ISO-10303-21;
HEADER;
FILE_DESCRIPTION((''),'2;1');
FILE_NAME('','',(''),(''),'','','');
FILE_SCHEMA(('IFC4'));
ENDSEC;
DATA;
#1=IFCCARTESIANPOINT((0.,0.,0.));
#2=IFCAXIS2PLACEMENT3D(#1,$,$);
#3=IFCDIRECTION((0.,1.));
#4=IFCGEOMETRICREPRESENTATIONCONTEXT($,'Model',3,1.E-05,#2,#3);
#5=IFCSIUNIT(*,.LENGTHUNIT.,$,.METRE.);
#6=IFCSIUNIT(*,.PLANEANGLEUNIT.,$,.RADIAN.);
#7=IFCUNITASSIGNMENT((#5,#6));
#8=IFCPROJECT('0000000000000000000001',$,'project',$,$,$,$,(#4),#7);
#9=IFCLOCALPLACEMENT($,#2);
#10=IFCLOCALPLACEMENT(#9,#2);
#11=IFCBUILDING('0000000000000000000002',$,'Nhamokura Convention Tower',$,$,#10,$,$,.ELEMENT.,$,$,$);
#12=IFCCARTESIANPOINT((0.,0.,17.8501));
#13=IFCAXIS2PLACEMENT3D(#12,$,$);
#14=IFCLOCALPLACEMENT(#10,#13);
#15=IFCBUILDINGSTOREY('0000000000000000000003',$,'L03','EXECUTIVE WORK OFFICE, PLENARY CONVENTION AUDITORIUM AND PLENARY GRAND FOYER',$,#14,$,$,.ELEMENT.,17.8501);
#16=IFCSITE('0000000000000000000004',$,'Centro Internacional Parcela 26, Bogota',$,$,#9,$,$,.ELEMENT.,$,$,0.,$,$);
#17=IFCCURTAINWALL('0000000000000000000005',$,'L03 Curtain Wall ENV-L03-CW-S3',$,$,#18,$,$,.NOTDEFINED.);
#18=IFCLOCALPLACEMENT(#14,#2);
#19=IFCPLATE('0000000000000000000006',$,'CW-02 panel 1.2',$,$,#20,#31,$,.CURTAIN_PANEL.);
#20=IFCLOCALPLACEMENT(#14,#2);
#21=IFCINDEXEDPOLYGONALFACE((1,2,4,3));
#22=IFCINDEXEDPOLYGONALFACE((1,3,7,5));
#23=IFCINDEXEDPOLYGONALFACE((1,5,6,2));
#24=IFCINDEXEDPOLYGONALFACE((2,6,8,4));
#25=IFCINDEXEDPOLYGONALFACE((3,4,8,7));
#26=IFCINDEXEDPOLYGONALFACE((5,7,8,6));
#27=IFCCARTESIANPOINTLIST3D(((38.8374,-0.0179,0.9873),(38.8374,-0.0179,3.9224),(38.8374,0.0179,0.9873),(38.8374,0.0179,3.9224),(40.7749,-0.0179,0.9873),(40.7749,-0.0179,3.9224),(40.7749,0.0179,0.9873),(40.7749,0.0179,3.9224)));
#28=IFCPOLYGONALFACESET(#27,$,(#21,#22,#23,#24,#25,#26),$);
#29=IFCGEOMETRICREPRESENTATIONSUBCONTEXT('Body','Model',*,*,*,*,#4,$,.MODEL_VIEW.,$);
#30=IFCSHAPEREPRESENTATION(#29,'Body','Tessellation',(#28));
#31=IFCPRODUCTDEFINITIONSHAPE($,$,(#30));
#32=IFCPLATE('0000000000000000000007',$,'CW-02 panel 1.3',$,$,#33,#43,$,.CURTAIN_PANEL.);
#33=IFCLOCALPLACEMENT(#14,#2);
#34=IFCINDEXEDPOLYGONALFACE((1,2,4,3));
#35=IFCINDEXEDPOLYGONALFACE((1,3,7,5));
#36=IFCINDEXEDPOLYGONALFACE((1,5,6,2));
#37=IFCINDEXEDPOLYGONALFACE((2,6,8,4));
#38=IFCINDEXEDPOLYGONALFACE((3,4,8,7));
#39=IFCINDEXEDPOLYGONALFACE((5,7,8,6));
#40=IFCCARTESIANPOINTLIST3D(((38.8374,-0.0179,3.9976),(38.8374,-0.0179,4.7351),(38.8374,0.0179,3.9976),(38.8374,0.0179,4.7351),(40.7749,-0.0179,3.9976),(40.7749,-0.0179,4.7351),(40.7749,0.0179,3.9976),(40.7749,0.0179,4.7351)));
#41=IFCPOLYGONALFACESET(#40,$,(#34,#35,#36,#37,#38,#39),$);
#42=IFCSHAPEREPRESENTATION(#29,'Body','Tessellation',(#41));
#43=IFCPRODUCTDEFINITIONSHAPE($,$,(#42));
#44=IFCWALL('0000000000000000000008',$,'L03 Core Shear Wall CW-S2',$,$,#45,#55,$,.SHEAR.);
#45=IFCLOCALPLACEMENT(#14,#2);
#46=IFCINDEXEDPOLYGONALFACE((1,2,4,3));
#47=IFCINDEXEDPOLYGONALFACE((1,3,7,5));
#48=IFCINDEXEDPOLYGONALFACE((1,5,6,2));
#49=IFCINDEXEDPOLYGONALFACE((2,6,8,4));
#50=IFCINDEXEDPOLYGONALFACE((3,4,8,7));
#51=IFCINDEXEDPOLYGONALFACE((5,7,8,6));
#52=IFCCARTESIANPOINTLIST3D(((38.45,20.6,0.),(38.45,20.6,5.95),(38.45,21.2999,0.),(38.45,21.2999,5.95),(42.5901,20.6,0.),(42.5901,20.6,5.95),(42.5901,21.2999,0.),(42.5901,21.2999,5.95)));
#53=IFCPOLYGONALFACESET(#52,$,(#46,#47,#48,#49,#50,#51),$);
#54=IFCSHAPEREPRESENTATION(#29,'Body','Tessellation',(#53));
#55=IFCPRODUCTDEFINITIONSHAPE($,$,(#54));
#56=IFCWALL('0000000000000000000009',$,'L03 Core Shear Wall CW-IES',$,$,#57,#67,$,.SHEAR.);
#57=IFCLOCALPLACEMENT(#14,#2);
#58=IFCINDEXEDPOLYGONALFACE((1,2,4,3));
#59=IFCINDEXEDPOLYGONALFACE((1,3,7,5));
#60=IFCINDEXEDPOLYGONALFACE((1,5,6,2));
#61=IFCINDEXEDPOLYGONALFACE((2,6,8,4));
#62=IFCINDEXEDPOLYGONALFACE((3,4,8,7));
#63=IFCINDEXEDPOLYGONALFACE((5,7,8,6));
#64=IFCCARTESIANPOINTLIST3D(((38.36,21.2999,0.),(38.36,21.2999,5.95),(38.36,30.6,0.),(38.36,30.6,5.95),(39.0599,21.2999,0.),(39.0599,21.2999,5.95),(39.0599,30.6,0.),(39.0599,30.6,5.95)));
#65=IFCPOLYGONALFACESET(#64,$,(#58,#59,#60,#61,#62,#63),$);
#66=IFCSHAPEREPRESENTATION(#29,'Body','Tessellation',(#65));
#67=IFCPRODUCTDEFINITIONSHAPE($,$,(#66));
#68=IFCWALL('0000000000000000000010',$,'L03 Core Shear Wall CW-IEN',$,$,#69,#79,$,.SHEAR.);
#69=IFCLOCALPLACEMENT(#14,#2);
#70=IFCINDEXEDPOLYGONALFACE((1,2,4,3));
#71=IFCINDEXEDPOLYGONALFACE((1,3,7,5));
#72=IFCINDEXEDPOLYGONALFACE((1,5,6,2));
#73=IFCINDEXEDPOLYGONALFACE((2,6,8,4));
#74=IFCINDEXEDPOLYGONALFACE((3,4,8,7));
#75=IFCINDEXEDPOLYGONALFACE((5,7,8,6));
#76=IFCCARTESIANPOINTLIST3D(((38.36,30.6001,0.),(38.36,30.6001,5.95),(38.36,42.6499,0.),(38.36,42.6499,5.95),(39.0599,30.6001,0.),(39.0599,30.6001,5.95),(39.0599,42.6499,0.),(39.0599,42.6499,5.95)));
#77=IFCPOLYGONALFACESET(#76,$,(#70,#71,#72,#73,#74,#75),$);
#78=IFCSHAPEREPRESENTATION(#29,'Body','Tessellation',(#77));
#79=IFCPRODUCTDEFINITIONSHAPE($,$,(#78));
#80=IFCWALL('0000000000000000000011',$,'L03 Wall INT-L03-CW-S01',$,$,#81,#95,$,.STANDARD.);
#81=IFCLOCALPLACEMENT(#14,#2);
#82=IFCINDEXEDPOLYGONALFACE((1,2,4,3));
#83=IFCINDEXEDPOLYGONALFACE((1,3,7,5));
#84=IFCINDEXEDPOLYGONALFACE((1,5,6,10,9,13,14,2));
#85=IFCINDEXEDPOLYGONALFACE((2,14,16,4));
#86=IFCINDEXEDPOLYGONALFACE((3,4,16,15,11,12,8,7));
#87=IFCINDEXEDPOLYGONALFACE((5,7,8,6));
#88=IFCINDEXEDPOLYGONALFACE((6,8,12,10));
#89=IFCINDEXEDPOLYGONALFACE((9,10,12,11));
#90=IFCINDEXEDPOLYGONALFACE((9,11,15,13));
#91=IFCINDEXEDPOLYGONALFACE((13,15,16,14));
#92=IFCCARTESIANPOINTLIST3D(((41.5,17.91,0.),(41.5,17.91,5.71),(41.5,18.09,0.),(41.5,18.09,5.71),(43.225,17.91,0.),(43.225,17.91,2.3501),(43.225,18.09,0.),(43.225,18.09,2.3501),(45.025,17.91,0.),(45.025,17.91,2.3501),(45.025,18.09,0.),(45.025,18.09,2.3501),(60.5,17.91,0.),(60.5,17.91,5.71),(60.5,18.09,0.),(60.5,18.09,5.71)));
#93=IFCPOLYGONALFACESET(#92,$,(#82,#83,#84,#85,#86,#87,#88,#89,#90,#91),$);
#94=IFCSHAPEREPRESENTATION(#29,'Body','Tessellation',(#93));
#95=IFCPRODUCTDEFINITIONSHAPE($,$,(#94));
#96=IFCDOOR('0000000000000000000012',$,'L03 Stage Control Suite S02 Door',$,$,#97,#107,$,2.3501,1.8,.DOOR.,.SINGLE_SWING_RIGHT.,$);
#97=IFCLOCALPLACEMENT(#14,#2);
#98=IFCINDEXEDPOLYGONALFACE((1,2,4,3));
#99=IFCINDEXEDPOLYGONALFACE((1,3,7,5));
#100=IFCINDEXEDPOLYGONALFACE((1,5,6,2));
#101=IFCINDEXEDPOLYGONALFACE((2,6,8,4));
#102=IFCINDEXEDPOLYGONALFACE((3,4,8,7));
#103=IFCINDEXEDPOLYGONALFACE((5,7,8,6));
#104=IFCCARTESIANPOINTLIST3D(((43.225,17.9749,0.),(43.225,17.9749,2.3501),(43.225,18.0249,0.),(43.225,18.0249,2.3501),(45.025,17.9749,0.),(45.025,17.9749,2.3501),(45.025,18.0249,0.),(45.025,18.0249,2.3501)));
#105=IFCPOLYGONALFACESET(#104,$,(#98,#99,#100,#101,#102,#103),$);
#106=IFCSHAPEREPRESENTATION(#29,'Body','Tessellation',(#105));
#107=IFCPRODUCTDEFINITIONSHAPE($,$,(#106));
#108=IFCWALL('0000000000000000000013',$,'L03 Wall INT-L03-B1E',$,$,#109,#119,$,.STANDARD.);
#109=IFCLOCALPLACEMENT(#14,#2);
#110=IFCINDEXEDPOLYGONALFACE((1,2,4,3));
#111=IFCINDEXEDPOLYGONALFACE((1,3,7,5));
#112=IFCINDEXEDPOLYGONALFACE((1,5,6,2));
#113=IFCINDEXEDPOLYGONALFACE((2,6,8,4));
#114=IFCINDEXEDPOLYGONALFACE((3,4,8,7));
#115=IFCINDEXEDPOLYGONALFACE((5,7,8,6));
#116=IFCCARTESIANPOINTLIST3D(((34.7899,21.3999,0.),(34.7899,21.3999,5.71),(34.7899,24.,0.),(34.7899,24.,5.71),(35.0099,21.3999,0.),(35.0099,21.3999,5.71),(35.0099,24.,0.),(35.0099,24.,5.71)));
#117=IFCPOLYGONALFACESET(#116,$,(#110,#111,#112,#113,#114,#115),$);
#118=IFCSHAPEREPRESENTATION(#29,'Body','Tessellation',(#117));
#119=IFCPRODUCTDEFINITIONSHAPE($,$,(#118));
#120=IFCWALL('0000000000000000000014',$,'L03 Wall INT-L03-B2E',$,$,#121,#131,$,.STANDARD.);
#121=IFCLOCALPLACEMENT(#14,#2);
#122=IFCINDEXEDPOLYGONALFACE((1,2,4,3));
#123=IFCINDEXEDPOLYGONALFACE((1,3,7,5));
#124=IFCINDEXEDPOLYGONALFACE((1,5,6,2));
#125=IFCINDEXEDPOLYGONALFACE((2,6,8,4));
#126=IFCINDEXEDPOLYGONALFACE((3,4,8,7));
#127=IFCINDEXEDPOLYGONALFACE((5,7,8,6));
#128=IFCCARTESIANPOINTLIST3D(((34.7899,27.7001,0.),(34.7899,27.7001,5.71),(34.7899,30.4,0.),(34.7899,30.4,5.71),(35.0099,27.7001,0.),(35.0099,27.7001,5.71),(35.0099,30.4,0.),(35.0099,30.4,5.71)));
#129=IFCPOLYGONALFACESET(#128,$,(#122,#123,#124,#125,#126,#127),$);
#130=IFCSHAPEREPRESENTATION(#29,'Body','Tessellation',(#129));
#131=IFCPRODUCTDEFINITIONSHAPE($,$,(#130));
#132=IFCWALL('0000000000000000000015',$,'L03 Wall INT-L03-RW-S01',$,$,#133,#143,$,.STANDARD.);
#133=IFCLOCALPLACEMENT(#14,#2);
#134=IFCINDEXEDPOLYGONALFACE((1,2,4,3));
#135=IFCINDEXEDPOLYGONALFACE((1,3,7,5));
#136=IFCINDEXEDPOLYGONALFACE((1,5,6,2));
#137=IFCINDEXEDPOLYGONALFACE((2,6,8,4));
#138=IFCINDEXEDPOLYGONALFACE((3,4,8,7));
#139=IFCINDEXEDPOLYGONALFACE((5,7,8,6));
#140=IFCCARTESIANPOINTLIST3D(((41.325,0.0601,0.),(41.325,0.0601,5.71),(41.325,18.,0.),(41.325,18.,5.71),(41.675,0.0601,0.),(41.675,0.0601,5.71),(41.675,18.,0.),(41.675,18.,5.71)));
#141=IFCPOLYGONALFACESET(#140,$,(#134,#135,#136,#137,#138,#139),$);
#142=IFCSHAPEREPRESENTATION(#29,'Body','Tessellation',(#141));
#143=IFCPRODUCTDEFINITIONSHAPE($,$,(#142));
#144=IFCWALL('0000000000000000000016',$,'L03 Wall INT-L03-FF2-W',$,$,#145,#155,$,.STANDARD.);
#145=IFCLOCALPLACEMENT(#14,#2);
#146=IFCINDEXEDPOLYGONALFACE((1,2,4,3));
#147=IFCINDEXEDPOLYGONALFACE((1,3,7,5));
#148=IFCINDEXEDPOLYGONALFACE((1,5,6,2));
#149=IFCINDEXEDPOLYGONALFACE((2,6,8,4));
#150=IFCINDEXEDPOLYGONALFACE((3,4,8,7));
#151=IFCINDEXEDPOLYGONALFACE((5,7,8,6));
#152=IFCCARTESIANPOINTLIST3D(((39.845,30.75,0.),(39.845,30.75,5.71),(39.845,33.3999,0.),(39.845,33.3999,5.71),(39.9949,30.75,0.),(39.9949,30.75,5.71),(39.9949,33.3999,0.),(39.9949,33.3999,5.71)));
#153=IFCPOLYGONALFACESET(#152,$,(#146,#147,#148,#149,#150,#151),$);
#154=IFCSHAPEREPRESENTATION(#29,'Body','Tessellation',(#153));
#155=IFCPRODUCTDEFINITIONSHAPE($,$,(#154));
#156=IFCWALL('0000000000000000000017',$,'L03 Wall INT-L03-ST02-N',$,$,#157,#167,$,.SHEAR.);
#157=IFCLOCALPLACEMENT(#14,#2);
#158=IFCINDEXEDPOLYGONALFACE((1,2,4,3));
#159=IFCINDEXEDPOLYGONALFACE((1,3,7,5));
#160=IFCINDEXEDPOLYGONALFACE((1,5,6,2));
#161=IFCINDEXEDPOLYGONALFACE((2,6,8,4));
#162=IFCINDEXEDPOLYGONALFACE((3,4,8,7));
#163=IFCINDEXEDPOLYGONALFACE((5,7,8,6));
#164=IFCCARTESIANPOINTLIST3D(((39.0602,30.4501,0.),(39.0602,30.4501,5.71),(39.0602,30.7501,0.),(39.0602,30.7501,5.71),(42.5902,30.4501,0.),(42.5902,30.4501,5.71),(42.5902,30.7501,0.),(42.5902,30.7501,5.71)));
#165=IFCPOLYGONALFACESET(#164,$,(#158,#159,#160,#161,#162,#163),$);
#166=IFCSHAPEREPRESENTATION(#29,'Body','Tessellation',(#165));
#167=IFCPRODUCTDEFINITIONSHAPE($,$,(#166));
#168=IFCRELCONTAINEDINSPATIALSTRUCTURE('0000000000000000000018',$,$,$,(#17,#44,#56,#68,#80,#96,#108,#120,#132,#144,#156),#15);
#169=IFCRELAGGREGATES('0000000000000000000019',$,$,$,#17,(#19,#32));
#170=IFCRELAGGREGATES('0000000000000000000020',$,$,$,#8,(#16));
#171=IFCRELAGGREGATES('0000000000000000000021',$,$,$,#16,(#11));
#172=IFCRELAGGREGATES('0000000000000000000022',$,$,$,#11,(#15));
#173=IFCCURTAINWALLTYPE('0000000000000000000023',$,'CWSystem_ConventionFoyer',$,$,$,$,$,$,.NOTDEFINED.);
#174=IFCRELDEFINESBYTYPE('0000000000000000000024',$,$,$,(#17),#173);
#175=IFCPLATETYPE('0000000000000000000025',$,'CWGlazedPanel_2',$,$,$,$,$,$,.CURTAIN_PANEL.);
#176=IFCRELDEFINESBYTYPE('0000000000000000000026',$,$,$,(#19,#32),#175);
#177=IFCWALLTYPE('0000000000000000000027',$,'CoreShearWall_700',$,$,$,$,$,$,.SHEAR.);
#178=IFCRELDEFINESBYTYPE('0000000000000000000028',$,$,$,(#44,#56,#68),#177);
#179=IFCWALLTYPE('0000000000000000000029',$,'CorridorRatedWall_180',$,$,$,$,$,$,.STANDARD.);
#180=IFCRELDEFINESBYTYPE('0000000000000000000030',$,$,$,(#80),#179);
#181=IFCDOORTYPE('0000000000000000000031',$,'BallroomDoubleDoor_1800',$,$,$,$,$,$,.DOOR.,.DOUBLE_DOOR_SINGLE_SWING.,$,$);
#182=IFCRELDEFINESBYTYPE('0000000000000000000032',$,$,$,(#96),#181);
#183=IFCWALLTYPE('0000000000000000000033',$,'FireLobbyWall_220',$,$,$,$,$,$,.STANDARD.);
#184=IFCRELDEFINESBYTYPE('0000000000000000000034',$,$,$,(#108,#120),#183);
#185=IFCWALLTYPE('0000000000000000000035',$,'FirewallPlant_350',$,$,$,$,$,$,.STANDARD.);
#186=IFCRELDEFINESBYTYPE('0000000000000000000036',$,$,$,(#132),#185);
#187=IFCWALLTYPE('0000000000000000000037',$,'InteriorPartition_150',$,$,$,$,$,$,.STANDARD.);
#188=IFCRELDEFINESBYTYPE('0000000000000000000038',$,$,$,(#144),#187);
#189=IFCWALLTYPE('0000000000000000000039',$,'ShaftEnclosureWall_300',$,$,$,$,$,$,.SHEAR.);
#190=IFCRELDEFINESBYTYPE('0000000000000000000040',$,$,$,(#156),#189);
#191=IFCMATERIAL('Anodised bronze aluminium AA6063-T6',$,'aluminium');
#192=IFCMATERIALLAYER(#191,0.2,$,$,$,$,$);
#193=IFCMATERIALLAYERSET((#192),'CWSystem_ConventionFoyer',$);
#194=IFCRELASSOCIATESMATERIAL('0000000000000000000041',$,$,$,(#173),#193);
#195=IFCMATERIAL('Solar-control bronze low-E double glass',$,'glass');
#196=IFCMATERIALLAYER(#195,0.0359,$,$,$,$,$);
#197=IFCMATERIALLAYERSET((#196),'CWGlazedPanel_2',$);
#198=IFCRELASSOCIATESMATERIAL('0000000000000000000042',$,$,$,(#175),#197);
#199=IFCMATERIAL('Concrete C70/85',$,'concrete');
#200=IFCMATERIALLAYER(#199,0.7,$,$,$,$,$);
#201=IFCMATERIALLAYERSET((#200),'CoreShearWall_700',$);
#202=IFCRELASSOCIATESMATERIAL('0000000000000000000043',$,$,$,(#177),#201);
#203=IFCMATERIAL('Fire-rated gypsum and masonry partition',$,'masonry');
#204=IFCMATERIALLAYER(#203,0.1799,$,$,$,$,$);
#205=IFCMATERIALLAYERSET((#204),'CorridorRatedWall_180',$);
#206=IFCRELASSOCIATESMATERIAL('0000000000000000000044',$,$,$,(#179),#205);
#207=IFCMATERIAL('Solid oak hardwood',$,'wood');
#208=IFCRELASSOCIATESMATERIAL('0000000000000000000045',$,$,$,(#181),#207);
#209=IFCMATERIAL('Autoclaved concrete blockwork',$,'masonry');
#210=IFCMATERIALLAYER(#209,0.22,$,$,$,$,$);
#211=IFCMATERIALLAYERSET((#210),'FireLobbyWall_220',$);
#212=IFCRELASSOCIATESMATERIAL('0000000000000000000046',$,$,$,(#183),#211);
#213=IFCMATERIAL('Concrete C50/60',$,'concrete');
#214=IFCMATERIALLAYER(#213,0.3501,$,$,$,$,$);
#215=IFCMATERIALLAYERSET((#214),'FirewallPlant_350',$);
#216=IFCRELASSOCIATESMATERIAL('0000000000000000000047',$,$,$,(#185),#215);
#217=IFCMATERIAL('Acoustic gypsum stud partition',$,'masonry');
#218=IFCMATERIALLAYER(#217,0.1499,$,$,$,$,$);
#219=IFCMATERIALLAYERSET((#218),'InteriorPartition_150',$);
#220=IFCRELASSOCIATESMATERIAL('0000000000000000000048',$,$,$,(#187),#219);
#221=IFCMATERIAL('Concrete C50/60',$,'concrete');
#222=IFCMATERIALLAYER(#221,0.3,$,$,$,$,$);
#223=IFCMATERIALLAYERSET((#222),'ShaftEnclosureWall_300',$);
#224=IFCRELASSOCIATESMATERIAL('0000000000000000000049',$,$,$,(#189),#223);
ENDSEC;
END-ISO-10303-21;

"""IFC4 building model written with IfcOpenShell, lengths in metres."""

from ifc_helpers import new_model, si_unit, direction, frame, frame_2d, origin, origin_2d, place, context, subcontext, project, spatial, rectangle, extrude, material, layer, layer_set, type_object, element, fill, aggregate, save


model = new_model("IFC4")

# Units and contexts
model_context = context("Model", 3, precision=1e-05, world=origin(), true_north=direction((0.0, 1.0)))
body_context = subcontext(model_context, "Body", "Model", "MODEL_VIEW")
ifc_project = project(units=[si_unit("LENGTHUNIT", "METRE"), si_unit("PLANEANGLEUNIT", "RADIAN")], contexts=[model_context])

# Site, building, storey
site_placement = place(None, origin())
site = spatial("IfcSite", under=ifc_project, at=site_placement, Name="Centro Internacional Parcela 26, Bogota", CompositionType="ELEMENT", RefElevation=0.0)
building_placement = place(site_placement, origin())
building = spatial("IfcBuilding", under=site, at=building_placement, Name="Nhamokura Convention Tower", CompositionType="ELEMENT")
storey_placement = place(building_placement, frame((0.0, 0.0, 17.8501)))
storey = spatial("IfcBuildingStorey", under=building, at=storey_placement, Name="L03", Description="EXECUTIVE WORK OFFICE, PLENARY CONVENTION AUDITORIUM AND PLENARY GRAND FOYER", CompositionType="ELEMENT", Elevation=17.8501)

# Curtain wall
ifc_material_1 = material(Name="Anodised bronze aluminium AA6063-T6", Category="aluminium")
ifc_layer_1 = layer(ifc_material_1, 0.2)
ifc_layer_set_1 = layer_set([ifc_layer_1], Name="CWSystem_ConventionFoyer")
curtain_wall_type = type_object("IfcCurtainWallType", Name="CWSystem_ConventionFoyer", PredefinedType="NOTDEFINED", material=ifc_layer_set_1)
curtain_wall_placement = place(storey_placement, origin())
curtain_wall = element("IfcCurtainWall", 1, at=curtain_wall_placement, inside=storey, type_object=curtain_wall_type, Name="L03 Curtain Wall ENV-L03-CW-S3", PredefinedType="NOTDEFINED")

# Plates
ifc_material_2 = material(Name="Solar-control bronze low-E double glass", Category="glass")
ifc_layer_2 = layer(ifc_material_2, 0.0359)
ifc_layer_set_2 = layer_set([ifc_layer_2], Name="CWGlazedPanel_2")
plate_type = type_object("IfcPlateType", Name="CWGlazedPanel_2", PredefinedType="CURTAIN_PANEL", material=ifc_layer_set_2)
plate_1_placement = place(storey_placement, frame((39.8062, 0.0, 0.9873), z_axis=(0.0, 0.0, 1.0), x_axis=(-1.0, 0.0, 0.0)))
plate_1 = element("IfcPlate", 2, at=plate_1_placement, type_object=plate_type, Name="CW-02 panel 1.2", PredefinedType="CURTAIN_PANEL", context=body_context, shape_type="SweptSolid", body=[
    extrude(rectangle(XDim=1.9375, YDim=0.0359, at=origin_2d()), origin(), (0.0, 0.0, 1.0), 2.9351),
])
plate_2_placement = place(storey_placement, frame((39.8062, 0.0, 3.9976), z_axis=(0.0, 0.0, 1.0), x_axis=(-1.0, 0.0, 0.0)))
plate_2 = element("IfcPlate", 3, at=plate_2_placement, type_object=plate_type, Name="CW-02 panel 1.3", PredefinedType="CURTAIN_PANEL", context=body_context, shape_type="SweptSolid", body=[
    extrude(rectangle(XDim=1.9375, YDim=0.0359, at=origin_2d()), origin(), (0.0, 0.0, 1.0), 0.7375),
])
aggregate(curtain_wall, [plate_1, plate_2])

# Shared definitions
ifc_material_3 = material(Name="Concrete C70/85", Category="concrete")
ifc_layer_3 = layer(ifc_material_3, 0.7)
ifc_layer_set_3 = layer_set([ifc_layer_3], Name="CoreShearWall_700")
wall_type_1 = type_object("IfcWallType", Name="CoreShearWall_700", PredefinedType="SHEAR", material=ifc_layer_set_3)

# Walls
wall_1_placement = place(storey_placement, frame((38.45, 20.95, 0.0), z_axis=(0.0, 0.0, 1.0), x_axis=(1.0, 0.0, 0.0)))
element("IfcWall", 4, at=wall_1_placement, inside=storey, type_object=wall_type_1, Name="L03 Core Shear Wall CW-S2", PredefinedType="SHEAR", context=body_context, shape_type="SweptSolid", body=[
    extrude(rectangle(XDim=4.1401, YDim=0.7, at=frame_2d((2.0701, 0.0))), origin(), (0.0, 0.0, 1.0), 5.95),
])
wall_2_placement = place(storey_placement, frame((38.71, 21.3, 0.0), z_axis=(0.0, 0.0, 1.0), x_axis=(0.0, 1.0, 0.0)))
element("IfcWall", 5, at=wall_2_placement, inside=storey, type_object=wall_type_1, Name="L03 Core Shear Wall CW-IES", PredefinedType="SHEAR", context=body_context, shape_type="SweptSolid", body=[
    extrude(rectangle(XDim=9.3, YDim=0.7, at=frame_2d((4.6499, 0.0))), origin(), (0.0, 0.0, 1.0), 5.95),
])
wall_3_placement = place(storey_placement, frame((38.71, 30.6001, 0.0), z_axis=(0.0, 0.0, 1.0), x_axis=(0.0, 1.0, 0.0)))
element("IfcWall", 6, at=wall_3_placement, inside=storey, type_object=wall_type_1, Name="L03 Core Shear Wall CW-IEN", PredefinedType="SHEAR", context=body_context, shape_type="SweptSolid", body=[
    extrude(rectangle(XDim=12.0498, YDim=0.7, at=frame_2d((6.0249, 0.0))), origin(), (0.0, 0.0, 1.0), 5.95),
])

# Wall, opening, door
ifc_material_4 = material(Name="Fire-rated gypsum and masonry partition", Category="masonry")
ifc_layer_4 = layer(ifc_material_4, 0.1799)
ifc_layer_set_4 = layer_set([ifc_layer_4], Name="CorridorRatedWall_180")
wall_type_2 = type_object("IfcWallType", Name="CorridorRatedWall_180", PredefinedType="STANDARD", material=ifc_layer_set_4)
wall_4_placement = place(storey_placement, frame((41.5, 18.0, 0.0), z_axis=(0.0, 0.0, 1.0), x_axis=(1.0, 0.0, 0.0)))
wall_4 = element("IfcWall", 7, at=wall_4_placement, inside=storey, type_object=wall_type_2, Name="L03 Wall INT-L03-CW-S01", PredefinedType="STANDARD", context=body_context, shape_type="SweptSolid", body=[
    extrude(rectangle(XDim=19.0, YDim=0.1799, at=frame_2d((9.5, 0.0))), origin(), (0.0, 0.0, 1.0), 5.71),
])
opening_1_placement = place(wall_4_placement, frame((1.7251, 0.0, 0.0)))
opening_1 = element("IfcOpeningElement", 8, at=opening_1_placement, cuts=wall_4, PredefinedType="OPENING", context=body_context, shape_type="SweptSolid", body=[
    extrude(rectangle(XDim=1.8, YDim=2.3501, at=frame_2d((0.8999, 1.175))), frame((0.0, 0.0999, 0.0), z_axis=(0.0, -1.0, 0.0), x_axis=(1.0, 0.0, 0.0)), (0.0, 0.0, 1.0), 0.2),
])
ifc_material_5 = material(Name="Solid oak hardwood", Category="wood")
door_type_1 = type_object("IfcDoorType", Name="BallroomDoubleDoor_1800", OperationType="DOUBLE_DOOR_SINGLE_SWING", PredefinedType="DOOR", material=ifc_material_5)
door_1_placement = place(opening_1_placement, origin())
door_1 = element("IfcDoor", 9, at=door_1_placement, inside=storey, type_object=door_type_1, Name="L03 Stage Control Suite S02 Door", OperationType="SINGLE_SWING_RIGHT", OverallHeight=2.3501, OverallWidth=1.8, PredefinedType="DOOR", context=body_context, shape_type="SweptSolid", body=[
    extrude(rectangle(XDim=1.8, YDim=2.3501, at=frame_2d((0.8999, 1.175))), frame((0.0, 0.0249, 0.0), z_axis=(0.0, -1.0, 0.0), x_axis=(1.0, 0.0, 0.0)), (0.0, 0.0, 1.0), 0.05),
])
fill(opening_1, door_1)
ifc_material_6 = material(Name="Autoclaved concrete blockwork", Category="masonry")
ifc_layer_5 = layer(ifc_material_6, 0.22)
ifc_layer_set_5 = layer_set([ifc_layer_5], Name="FireLobbyWall_220")
wall_type_3 = type_object("IfcWallType", Name="FireLobbyWall_220", PredefinedType="STANDARD", material=ifc_layer_set_5)

# Walls
wall_5_placement = place(storey_placement, frame((34.8999, 21.3999, 0.0), z_axis=(0.0, 0.0, 1.0), x_axis=(0.0, 1.0, 0.0)))
element("IfcWall", 10, at=wall_5_placement, inside=storey, type_object=wall_type_3, Name="L03 Wall INT-L03-B1E", PredefinedType="STANDARD", context=body_context, shape_type="SweptSolid", body=[
    extrude(rectangle(XDim=2.6001, YDim=0.22, at=frame_2d((1.3, 0.0))), origin(), (0.0, 0.0, 1.0), 5.71),
])
wall_6_placement = place(storey_placement, frame((34.8999, 27.7, 0.0), z_axis=(0.0, 0.0, 1.0), x_axis=(0.0, 1.0, 0.0)))
element("IfcWall", 11, at=wall_6_placement, inside=storey, type_object=wall_type_3, Name="L03 Wall INT-L03-B2E", PredefinedType="STANDARD", context=body_context, shape_type="SweptSolid", body=[
    extrude(rectangle(XDim=2.7, YDim=0.22, at=frame_2d((1.3501, 0.0))), origin(), (0.0, 0.0, 1.0), 5.71),
])
ifc_material_7 = material(Name="Concrete C50/60", Category="concrete")
ifc_layer_6 = layer(ifc_material_7, 0.3501)
ifc_layer_set_6 = layer_set([ifc_layer_6], Name="FirewallPlant_350")
wall_type_4 = type_object("IfcWallType", Name="FirewallPlant_350", PredefinedType="STANDARD", material=ifc_layer_set_6)
wall_7_placement = place(storey_placement, frame((41.5, 0.0601, 0.0), z_axis=(0.0, 0.0, 1.0), x_axis=(0.0, 1.0, 0.0)))
element("IfcWall", 12, at=wall_7_placement, inside=storey, type_object=wall_type_4, Name="L03 Wall INT-L03-RW-S01", PredefinedType="STANDARD", context=body_context, shape_type="SweptSolid", body=[
    extrude(rectangle(XDim=17.9399, YDim=0.3501, at=frame_2d((8.97, 0.0))), origin(), (0.0, 0.0, 1.0), 5.71),
])
ifc_material_8 = material(Name="Acoustic gypsum stud partition", Category="masonry")
ifc_layer_7 = layer(ifc_material_8, 0.1499)
ifc_layer_set_7 = layer_set([ifc_layer_7], Name="InteriorPartition_150")
wall_type_5 = type_object("IfcWallType", Name="InteriorPartition_150", PredefinedType="STANDARD", material=ifc_layer_set_7)
wall_8_placement = place(storey_placement, frame((39.9199, 30.75, 0.0), z_axis=(0.0, 0.0, 1.0), x_axis=(0.0, 1.0, 0.0)))
element("IfcWall", 13, at=wall_8_placement, inside=storey, type_object=wall_type_5, Name="L03 Wall INT-L03-FF2-W", PredefinedType="STANDARD", context=body_context, shape_type="SweptSolid", body=[
    extrude(rectangle(XDim=2.6499, YDim=0.1499, at=frame_2d((1.325, 0.0))), origin(), (0.0, 0.0, 1.0), 5.71),
])
ifc_material_9 = material(Name="Concrete C50/60", Category="concrete")
ifc_layer_8 = layer(ifc_material_9, 0.3)
ifc_layer_set_8 = layer_set([ifc_layer_8], Name="ShaftEnclosureWall_300")
wall_type_6 = type_object("IfcWallType", Name="ShaftEnclosureWall_300", PredefinedType="SHEAR", material=ifc_layer_set_8)
wall_9_placement = place(storey_placement, frame((39.0601, 30.6001, 0.0), z_axis=(0.0, 0.0, 1.0), x_axis=(1.0, 0.0, 0.0)))
element("IfcWall", 14, at=wall_9_placement, inside=storey, type_object=wall_type_6, Name="L03 Wall INT-L03-ST02-N", PredefinedType="SHEAR", context=body_context, shape_type="SweptSolid", body=[
    extrude(rectangle(XDim=3.53, YDim=0.3, at=frame_2d((1.7651, 0.0))), origin(), (0.0, 0.0, 1.0), 5.71),
])

save(model, "model.ifc")
